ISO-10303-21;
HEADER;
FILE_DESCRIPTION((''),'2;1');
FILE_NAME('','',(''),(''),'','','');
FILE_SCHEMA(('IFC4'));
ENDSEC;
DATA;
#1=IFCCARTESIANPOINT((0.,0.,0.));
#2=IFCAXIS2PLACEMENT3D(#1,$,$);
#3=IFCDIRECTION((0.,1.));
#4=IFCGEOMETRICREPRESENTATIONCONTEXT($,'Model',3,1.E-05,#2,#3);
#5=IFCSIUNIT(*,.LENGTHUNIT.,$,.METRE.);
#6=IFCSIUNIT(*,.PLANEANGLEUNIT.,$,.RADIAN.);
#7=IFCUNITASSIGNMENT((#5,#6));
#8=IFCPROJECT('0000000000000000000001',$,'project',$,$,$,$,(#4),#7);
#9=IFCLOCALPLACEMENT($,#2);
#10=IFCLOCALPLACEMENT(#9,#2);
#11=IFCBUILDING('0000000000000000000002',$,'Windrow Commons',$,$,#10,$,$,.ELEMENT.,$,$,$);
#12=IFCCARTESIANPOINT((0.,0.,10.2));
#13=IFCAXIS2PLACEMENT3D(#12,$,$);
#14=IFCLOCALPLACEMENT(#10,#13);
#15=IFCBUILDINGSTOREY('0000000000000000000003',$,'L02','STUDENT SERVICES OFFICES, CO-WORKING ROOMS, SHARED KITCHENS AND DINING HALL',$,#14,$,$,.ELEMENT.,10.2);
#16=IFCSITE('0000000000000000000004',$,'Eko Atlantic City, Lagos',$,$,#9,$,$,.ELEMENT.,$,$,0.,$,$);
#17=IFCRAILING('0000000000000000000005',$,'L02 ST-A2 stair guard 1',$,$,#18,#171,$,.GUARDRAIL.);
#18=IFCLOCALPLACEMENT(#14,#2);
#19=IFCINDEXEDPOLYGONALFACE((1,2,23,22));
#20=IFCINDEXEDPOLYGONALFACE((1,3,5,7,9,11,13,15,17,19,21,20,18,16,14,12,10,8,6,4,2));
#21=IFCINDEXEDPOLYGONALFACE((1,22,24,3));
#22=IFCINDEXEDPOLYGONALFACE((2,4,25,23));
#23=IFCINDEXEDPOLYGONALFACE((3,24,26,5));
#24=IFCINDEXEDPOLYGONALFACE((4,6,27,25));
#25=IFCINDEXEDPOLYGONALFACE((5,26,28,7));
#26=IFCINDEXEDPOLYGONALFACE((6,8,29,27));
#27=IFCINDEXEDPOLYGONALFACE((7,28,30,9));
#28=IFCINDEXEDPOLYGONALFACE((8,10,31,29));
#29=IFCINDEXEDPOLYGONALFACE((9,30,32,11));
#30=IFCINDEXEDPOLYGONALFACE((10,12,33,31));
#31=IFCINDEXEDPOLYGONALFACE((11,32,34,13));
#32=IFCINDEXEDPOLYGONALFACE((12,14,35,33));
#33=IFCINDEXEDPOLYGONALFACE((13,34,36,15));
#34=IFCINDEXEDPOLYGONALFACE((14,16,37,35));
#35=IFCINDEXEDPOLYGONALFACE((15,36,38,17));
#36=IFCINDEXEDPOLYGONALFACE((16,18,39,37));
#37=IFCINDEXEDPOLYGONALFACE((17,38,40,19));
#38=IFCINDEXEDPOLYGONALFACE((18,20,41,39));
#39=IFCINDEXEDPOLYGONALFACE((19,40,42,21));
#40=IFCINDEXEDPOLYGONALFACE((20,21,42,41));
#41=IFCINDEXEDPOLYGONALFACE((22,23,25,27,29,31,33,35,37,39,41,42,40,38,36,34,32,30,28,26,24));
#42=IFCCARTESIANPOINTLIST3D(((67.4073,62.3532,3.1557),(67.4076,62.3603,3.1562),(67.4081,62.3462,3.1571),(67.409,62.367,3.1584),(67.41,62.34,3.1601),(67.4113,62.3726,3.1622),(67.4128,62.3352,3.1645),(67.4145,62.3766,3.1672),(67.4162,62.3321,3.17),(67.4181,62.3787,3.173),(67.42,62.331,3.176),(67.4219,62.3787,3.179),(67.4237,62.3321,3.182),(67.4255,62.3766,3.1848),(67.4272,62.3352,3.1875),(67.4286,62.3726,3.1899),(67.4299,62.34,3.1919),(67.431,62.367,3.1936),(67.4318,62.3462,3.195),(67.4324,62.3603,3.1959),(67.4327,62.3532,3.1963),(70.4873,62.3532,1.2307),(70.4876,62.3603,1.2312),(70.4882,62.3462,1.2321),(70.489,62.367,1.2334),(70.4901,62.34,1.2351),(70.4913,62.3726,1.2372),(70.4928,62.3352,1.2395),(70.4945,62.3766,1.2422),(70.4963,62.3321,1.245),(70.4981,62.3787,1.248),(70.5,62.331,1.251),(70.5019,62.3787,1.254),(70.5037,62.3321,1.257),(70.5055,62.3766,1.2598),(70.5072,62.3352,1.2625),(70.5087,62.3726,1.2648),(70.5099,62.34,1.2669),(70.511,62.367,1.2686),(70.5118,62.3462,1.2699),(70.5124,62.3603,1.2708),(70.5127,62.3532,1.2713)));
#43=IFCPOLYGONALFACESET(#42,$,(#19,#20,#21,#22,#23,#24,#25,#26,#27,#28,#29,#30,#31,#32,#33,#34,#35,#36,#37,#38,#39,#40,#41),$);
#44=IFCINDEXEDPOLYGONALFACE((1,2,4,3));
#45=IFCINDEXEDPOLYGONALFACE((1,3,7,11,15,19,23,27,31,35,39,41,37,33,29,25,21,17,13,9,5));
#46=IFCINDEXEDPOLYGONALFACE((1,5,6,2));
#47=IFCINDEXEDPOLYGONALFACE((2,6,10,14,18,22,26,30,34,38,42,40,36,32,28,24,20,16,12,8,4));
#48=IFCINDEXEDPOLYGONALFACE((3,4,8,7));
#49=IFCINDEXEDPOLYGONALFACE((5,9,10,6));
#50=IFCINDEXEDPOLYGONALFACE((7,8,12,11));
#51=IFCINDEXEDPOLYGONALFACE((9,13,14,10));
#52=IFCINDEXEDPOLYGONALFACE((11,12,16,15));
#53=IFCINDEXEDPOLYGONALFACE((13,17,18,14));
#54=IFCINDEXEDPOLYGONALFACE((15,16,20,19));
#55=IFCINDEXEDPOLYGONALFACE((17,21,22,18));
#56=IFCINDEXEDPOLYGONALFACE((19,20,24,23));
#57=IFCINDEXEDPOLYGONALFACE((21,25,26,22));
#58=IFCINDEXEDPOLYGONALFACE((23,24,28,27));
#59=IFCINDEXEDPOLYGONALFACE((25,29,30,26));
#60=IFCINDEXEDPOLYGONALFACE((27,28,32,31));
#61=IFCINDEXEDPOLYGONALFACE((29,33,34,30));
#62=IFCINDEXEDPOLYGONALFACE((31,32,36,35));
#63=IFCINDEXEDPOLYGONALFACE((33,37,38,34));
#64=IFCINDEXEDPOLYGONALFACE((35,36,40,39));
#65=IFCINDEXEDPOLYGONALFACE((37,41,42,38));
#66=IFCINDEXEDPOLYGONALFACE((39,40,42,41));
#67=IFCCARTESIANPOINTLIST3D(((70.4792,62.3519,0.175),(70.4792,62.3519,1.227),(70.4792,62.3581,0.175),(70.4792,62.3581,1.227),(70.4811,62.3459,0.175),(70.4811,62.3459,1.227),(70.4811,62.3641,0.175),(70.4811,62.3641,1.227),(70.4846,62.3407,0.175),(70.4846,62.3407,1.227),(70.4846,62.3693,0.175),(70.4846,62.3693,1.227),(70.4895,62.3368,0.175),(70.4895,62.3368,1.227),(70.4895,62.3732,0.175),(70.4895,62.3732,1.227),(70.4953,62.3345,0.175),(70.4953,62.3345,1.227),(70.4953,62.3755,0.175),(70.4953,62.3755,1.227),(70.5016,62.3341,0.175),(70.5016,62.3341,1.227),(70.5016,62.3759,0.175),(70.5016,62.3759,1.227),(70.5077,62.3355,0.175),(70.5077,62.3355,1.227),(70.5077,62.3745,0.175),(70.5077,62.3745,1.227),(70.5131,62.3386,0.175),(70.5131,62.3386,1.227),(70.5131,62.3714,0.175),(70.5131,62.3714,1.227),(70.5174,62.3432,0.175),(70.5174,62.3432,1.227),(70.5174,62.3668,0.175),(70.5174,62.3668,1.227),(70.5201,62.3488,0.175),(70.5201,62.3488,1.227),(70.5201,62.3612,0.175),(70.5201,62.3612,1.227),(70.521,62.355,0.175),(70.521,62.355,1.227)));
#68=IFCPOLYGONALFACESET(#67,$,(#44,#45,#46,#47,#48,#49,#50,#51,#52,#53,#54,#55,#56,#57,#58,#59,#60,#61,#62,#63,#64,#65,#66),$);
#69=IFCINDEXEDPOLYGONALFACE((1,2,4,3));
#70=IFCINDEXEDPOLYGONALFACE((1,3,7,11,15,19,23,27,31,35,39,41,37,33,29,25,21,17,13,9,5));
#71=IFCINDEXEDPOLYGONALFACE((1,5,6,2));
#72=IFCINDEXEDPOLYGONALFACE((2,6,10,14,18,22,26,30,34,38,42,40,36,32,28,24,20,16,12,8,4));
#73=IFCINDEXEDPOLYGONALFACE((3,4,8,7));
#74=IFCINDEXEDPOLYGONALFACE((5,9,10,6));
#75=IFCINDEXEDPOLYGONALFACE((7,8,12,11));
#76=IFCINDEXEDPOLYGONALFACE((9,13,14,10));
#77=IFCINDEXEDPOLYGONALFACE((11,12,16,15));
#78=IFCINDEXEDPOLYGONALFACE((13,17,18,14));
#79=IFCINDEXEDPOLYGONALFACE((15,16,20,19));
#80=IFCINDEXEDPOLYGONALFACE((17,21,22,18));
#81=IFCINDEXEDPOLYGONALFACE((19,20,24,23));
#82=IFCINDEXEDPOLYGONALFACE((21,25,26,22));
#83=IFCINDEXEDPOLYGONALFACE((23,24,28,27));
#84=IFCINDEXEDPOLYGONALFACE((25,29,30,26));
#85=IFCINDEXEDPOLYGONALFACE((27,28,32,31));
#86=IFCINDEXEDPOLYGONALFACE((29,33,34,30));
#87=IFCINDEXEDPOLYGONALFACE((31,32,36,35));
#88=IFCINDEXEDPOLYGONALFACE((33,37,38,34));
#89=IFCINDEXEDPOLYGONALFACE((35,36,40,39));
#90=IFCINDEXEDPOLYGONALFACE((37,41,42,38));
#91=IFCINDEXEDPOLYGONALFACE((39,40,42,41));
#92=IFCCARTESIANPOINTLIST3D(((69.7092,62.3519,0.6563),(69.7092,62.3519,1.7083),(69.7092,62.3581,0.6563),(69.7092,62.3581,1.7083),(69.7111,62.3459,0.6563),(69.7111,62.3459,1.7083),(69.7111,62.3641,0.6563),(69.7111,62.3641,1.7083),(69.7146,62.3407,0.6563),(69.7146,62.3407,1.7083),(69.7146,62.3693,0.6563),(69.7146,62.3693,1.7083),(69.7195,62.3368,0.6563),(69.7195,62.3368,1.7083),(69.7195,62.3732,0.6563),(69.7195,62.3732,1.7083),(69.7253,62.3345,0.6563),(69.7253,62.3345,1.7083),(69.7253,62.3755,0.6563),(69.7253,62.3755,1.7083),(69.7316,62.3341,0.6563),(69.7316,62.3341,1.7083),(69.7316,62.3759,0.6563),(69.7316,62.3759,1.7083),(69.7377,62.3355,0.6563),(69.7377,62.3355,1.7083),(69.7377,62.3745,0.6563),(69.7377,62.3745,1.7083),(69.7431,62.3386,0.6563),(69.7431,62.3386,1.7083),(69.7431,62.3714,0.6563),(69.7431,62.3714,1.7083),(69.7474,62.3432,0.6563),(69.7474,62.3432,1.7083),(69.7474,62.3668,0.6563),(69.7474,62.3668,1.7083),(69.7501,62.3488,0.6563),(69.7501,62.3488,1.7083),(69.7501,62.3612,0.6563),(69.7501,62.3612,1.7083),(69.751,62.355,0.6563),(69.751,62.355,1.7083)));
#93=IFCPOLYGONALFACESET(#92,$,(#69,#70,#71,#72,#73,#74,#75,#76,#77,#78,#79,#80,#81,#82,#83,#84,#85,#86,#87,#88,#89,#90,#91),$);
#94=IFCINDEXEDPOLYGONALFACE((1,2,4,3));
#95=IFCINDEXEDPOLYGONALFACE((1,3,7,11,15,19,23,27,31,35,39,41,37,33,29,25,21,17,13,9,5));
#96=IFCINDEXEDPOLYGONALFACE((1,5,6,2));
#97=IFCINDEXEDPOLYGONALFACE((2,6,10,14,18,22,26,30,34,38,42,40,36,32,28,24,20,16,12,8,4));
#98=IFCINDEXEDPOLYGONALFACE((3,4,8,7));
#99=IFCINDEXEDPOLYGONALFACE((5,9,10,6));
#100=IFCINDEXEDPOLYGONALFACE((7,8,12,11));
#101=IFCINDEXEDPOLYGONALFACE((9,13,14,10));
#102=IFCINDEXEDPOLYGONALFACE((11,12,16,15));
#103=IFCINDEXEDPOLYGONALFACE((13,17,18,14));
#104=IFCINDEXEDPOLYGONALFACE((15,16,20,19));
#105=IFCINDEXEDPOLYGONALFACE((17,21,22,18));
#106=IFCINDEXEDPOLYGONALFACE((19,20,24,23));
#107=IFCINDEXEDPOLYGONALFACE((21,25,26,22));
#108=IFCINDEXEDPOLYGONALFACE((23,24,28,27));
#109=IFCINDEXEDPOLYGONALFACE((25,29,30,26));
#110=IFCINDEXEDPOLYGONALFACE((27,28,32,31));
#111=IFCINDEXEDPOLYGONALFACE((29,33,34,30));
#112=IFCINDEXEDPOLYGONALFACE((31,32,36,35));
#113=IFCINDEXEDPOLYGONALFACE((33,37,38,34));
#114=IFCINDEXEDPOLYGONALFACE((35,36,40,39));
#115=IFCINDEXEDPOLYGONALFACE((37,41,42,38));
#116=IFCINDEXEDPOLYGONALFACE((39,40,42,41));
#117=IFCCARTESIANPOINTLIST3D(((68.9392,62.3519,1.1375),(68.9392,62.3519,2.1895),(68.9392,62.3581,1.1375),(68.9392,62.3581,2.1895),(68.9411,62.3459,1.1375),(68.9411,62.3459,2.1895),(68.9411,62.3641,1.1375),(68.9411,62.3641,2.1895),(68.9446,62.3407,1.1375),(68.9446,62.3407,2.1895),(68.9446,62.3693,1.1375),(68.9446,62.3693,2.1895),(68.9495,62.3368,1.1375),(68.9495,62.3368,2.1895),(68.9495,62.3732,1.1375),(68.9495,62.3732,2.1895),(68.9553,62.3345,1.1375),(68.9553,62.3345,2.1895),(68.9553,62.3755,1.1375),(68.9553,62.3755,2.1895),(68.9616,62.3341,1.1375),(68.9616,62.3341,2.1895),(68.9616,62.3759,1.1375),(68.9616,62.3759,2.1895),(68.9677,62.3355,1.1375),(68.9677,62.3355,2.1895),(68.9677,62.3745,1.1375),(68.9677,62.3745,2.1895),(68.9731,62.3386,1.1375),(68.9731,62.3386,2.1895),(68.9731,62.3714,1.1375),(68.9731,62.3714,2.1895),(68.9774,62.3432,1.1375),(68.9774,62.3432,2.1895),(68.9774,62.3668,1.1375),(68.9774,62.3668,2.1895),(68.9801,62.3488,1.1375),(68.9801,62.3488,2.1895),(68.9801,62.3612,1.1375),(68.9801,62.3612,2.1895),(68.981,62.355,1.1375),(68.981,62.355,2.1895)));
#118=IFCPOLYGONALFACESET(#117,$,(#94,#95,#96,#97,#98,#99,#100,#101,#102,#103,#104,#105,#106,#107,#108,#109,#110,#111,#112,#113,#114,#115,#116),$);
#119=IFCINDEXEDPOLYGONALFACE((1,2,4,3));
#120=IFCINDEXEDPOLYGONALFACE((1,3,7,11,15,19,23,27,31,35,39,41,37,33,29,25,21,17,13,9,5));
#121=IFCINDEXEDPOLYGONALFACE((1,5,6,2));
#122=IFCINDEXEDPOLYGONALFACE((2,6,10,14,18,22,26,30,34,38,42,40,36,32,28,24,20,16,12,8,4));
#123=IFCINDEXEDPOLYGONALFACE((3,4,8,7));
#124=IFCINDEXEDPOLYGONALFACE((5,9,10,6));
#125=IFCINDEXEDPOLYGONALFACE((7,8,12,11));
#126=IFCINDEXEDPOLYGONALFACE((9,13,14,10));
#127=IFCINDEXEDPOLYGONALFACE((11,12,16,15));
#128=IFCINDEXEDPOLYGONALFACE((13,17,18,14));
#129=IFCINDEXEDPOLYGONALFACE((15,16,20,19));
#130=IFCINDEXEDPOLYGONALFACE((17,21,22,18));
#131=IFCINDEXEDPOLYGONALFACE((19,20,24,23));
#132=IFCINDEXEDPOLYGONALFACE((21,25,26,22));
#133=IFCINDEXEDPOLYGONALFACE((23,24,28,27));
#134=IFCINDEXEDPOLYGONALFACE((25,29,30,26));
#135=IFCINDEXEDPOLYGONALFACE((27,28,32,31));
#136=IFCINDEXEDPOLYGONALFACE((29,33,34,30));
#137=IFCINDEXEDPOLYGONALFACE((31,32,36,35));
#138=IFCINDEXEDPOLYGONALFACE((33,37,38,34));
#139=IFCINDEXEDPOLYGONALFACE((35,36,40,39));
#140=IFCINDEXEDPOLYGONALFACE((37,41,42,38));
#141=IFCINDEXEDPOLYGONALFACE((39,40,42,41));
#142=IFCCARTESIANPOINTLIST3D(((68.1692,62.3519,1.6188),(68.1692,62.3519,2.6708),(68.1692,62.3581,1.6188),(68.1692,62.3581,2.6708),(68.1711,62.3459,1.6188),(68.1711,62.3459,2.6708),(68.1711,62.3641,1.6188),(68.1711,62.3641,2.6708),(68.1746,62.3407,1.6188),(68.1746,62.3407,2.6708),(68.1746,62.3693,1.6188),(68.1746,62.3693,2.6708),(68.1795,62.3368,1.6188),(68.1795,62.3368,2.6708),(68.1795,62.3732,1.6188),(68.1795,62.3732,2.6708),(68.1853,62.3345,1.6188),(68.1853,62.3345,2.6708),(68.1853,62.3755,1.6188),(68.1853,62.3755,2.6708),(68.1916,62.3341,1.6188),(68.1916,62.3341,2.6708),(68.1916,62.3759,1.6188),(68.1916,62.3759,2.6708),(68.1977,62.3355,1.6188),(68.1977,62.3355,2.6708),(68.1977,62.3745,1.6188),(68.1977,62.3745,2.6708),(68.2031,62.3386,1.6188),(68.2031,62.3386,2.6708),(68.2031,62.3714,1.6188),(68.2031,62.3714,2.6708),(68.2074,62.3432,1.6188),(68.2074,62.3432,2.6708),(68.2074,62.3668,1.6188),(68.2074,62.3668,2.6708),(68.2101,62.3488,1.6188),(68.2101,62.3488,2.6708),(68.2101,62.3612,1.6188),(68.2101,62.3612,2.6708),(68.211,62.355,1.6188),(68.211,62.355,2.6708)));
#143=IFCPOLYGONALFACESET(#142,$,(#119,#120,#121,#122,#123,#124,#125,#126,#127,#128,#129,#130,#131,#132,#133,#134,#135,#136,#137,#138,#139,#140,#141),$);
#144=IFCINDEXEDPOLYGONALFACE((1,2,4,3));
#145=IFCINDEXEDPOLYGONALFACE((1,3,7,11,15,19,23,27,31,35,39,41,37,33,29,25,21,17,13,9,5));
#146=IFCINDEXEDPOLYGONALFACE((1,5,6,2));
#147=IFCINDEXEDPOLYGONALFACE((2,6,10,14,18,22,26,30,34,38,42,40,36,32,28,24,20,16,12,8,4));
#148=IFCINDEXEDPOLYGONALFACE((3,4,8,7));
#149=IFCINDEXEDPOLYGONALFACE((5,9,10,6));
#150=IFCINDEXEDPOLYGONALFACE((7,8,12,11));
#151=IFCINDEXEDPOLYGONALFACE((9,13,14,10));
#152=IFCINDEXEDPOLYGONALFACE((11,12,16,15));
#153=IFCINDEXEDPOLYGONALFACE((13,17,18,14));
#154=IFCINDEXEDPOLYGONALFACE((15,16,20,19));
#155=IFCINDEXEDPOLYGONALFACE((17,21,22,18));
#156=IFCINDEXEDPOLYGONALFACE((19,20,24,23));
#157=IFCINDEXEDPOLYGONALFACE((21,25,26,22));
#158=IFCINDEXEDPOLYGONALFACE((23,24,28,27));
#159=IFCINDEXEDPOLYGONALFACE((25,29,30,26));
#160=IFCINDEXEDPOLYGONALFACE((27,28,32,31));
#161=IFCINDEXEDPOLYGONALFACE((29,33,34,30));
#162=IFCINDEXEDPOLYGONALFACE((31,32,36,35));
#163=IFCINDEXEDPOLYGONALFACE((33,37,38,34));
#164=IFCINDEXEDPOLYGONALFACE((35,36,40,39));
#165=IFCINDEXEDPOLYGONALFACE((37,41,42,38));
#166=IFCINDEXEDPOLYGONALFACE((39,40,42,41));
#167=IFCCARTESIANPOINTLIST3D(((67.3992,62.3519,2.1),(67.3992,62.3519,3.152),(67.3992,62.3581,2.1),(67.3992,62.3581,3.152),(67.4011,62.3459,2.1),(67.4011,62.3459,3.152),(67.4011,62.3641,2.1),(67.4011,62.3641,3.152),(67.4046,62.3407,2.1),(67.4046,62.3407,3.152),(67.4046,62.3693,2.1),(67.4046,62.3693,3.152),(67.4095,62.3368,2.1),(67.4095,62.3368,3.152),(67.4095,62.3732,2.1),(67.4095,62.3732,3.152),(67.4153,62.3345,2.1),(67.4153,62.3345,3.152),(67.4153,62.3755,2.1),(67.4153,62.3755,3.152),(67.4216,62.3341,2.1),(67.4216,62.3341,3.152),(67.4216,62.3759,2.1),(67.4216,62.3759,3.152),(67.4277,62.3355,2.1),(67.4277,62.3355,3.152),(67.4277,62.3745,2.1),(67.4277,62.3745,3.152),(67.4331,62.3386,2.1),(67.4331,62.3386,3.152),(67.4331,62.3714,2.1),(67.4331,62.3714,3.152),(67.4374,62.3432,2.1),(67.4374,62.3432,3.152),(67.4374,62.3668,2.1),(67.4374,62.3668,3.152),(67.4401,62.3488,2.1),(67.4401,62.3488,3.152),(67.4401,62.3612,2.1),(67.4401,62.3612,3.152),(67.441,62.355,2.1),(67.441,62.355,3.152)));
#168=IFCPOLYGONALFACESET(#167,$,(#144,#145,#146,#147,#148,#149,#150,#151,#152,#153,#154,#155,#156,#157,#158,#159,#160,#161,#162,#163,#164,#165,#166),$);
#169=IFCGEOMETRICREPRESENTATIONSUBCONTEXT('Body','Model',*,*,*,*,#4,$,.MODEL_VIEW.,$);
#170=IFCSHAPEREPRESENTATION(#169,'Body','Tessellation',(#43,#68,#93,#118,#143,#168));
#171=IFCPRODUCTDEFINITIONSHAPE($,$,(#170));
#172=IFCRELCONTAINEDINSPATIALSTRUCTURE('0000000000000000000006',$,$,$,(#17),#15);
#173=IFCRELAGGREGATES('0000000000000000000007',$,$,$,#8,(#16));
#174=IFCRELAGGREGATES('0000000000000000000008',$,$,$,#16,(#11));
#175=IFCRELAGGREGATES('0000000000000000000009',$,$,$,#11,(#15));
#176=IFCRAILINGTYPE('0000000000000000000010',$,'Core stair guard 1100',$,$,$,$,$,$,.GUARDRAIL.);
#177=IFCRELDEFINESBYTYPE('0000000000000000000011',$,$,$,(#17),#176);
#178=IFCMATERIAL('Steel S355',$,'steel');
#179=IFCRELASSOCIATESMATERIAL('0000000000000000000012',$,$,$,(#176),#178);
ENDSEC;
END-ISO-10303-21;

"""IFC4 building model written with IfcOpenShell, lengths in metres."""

from ifc_helpers import new_model, si_unit, direction, frame, origin, origin_2d, place, context, subcontext, project, spatial, circle, extrude, material, type_object, element, save


model = new_model("IFC4")

# Units and contexts
model_context = context("Model", 3, precision=1e-05, world=origin(), true_north=direction((0.0, 1.0)))
body_context = subcontext(model_context, "Body", "Model", "MODEL_VIEW")
ifc_project = project(units=[si_unit("LENGTHUNIT", "METRE"), si_unit("PLANEANGLEUNIT", "RADIAN")], contexts=[model_context])

# Site, building, storey
site_placement = place(None, origin())
site = spatial("IfcSite", under=ifc_project, at=site_placement, Name="Eko Atlantic City, Lagos", CompositionType="ELEMENT", RefElevation=0.0)
building_placement = place(site_placement, origin())
building = spatial("IfcBuilding", under=site, at=building_placement, Name="Windrow Commons", CompositionType="ELEMENT")
storey_placement = place(building_placement, frame((0.0, 0.0, 10.2)))
storey = spatial("IfcBuildingStorey", under=building, at=storey_placement, Name="L02", Description="STUDENT SERVICES OFFICES, CO-WORKING ROOMS, SHARED KITCHENS AND DINING HALL", CompositionType="ELEMENT", Elevation=10.2)

# Railing
ifc_material_1 = material(Name="Steel S355", Category="steel")
railing_type_1 = type_object("IfcRailingType", Name="Core stair guard 1100", PredefinedType="GUARDRAIL", material=ifc_material_1)
railing_1_placement = place(storey_placement, frame((70.5, 62.355, 0.175)))
element("IfcRailing", 1, at=railing_1_placement, inside=storey, type_object=railing_type_1, Name="L02 ST-A2 stair guard 1", PredefinedType="GUARDRAIL", context=body_context, shape_type="SweptSolid", body=[
    extrude(circle(Radius=0.024, at=origin_2d()), frame((0.0, 0.0, 1.076), z_axis=(-0.847998, 0.0, 0.529999), x_axis=(0.0, -1.0, 0.0)), (0.0, 0.0, 1.0), 3.6321),
    extrude(circle(Radius=0.021, at=origin_2d()), origin(), (0.0, 0.0, 1.0), 1.052),
    extrude(circle(Radius=0.021, at=origin_2d()), frame((-0.77, 0.0, 0.4813)), (0.0, 0.0, 1.0), 1.052),
    extrude(circle(Radius=0.021, at=origin_2d()), frame((-1.54, 0.0, 0.9625)), (0.0, 0.0, 1.0), 1.052),
    extrude(circle(Radius=0.021, at=origin_2d()), frame((-2.31, 0.0, 1.4438)), (0.0, 0.0, 1.0), 1.052),
    extrude(circle(Radius=0.021, at=origin_2d()), frame((-3.08, 0.0, 1.925)), (0.0, 0.0, 1.0), 1.052),
])

save(model, "model.ifc")
